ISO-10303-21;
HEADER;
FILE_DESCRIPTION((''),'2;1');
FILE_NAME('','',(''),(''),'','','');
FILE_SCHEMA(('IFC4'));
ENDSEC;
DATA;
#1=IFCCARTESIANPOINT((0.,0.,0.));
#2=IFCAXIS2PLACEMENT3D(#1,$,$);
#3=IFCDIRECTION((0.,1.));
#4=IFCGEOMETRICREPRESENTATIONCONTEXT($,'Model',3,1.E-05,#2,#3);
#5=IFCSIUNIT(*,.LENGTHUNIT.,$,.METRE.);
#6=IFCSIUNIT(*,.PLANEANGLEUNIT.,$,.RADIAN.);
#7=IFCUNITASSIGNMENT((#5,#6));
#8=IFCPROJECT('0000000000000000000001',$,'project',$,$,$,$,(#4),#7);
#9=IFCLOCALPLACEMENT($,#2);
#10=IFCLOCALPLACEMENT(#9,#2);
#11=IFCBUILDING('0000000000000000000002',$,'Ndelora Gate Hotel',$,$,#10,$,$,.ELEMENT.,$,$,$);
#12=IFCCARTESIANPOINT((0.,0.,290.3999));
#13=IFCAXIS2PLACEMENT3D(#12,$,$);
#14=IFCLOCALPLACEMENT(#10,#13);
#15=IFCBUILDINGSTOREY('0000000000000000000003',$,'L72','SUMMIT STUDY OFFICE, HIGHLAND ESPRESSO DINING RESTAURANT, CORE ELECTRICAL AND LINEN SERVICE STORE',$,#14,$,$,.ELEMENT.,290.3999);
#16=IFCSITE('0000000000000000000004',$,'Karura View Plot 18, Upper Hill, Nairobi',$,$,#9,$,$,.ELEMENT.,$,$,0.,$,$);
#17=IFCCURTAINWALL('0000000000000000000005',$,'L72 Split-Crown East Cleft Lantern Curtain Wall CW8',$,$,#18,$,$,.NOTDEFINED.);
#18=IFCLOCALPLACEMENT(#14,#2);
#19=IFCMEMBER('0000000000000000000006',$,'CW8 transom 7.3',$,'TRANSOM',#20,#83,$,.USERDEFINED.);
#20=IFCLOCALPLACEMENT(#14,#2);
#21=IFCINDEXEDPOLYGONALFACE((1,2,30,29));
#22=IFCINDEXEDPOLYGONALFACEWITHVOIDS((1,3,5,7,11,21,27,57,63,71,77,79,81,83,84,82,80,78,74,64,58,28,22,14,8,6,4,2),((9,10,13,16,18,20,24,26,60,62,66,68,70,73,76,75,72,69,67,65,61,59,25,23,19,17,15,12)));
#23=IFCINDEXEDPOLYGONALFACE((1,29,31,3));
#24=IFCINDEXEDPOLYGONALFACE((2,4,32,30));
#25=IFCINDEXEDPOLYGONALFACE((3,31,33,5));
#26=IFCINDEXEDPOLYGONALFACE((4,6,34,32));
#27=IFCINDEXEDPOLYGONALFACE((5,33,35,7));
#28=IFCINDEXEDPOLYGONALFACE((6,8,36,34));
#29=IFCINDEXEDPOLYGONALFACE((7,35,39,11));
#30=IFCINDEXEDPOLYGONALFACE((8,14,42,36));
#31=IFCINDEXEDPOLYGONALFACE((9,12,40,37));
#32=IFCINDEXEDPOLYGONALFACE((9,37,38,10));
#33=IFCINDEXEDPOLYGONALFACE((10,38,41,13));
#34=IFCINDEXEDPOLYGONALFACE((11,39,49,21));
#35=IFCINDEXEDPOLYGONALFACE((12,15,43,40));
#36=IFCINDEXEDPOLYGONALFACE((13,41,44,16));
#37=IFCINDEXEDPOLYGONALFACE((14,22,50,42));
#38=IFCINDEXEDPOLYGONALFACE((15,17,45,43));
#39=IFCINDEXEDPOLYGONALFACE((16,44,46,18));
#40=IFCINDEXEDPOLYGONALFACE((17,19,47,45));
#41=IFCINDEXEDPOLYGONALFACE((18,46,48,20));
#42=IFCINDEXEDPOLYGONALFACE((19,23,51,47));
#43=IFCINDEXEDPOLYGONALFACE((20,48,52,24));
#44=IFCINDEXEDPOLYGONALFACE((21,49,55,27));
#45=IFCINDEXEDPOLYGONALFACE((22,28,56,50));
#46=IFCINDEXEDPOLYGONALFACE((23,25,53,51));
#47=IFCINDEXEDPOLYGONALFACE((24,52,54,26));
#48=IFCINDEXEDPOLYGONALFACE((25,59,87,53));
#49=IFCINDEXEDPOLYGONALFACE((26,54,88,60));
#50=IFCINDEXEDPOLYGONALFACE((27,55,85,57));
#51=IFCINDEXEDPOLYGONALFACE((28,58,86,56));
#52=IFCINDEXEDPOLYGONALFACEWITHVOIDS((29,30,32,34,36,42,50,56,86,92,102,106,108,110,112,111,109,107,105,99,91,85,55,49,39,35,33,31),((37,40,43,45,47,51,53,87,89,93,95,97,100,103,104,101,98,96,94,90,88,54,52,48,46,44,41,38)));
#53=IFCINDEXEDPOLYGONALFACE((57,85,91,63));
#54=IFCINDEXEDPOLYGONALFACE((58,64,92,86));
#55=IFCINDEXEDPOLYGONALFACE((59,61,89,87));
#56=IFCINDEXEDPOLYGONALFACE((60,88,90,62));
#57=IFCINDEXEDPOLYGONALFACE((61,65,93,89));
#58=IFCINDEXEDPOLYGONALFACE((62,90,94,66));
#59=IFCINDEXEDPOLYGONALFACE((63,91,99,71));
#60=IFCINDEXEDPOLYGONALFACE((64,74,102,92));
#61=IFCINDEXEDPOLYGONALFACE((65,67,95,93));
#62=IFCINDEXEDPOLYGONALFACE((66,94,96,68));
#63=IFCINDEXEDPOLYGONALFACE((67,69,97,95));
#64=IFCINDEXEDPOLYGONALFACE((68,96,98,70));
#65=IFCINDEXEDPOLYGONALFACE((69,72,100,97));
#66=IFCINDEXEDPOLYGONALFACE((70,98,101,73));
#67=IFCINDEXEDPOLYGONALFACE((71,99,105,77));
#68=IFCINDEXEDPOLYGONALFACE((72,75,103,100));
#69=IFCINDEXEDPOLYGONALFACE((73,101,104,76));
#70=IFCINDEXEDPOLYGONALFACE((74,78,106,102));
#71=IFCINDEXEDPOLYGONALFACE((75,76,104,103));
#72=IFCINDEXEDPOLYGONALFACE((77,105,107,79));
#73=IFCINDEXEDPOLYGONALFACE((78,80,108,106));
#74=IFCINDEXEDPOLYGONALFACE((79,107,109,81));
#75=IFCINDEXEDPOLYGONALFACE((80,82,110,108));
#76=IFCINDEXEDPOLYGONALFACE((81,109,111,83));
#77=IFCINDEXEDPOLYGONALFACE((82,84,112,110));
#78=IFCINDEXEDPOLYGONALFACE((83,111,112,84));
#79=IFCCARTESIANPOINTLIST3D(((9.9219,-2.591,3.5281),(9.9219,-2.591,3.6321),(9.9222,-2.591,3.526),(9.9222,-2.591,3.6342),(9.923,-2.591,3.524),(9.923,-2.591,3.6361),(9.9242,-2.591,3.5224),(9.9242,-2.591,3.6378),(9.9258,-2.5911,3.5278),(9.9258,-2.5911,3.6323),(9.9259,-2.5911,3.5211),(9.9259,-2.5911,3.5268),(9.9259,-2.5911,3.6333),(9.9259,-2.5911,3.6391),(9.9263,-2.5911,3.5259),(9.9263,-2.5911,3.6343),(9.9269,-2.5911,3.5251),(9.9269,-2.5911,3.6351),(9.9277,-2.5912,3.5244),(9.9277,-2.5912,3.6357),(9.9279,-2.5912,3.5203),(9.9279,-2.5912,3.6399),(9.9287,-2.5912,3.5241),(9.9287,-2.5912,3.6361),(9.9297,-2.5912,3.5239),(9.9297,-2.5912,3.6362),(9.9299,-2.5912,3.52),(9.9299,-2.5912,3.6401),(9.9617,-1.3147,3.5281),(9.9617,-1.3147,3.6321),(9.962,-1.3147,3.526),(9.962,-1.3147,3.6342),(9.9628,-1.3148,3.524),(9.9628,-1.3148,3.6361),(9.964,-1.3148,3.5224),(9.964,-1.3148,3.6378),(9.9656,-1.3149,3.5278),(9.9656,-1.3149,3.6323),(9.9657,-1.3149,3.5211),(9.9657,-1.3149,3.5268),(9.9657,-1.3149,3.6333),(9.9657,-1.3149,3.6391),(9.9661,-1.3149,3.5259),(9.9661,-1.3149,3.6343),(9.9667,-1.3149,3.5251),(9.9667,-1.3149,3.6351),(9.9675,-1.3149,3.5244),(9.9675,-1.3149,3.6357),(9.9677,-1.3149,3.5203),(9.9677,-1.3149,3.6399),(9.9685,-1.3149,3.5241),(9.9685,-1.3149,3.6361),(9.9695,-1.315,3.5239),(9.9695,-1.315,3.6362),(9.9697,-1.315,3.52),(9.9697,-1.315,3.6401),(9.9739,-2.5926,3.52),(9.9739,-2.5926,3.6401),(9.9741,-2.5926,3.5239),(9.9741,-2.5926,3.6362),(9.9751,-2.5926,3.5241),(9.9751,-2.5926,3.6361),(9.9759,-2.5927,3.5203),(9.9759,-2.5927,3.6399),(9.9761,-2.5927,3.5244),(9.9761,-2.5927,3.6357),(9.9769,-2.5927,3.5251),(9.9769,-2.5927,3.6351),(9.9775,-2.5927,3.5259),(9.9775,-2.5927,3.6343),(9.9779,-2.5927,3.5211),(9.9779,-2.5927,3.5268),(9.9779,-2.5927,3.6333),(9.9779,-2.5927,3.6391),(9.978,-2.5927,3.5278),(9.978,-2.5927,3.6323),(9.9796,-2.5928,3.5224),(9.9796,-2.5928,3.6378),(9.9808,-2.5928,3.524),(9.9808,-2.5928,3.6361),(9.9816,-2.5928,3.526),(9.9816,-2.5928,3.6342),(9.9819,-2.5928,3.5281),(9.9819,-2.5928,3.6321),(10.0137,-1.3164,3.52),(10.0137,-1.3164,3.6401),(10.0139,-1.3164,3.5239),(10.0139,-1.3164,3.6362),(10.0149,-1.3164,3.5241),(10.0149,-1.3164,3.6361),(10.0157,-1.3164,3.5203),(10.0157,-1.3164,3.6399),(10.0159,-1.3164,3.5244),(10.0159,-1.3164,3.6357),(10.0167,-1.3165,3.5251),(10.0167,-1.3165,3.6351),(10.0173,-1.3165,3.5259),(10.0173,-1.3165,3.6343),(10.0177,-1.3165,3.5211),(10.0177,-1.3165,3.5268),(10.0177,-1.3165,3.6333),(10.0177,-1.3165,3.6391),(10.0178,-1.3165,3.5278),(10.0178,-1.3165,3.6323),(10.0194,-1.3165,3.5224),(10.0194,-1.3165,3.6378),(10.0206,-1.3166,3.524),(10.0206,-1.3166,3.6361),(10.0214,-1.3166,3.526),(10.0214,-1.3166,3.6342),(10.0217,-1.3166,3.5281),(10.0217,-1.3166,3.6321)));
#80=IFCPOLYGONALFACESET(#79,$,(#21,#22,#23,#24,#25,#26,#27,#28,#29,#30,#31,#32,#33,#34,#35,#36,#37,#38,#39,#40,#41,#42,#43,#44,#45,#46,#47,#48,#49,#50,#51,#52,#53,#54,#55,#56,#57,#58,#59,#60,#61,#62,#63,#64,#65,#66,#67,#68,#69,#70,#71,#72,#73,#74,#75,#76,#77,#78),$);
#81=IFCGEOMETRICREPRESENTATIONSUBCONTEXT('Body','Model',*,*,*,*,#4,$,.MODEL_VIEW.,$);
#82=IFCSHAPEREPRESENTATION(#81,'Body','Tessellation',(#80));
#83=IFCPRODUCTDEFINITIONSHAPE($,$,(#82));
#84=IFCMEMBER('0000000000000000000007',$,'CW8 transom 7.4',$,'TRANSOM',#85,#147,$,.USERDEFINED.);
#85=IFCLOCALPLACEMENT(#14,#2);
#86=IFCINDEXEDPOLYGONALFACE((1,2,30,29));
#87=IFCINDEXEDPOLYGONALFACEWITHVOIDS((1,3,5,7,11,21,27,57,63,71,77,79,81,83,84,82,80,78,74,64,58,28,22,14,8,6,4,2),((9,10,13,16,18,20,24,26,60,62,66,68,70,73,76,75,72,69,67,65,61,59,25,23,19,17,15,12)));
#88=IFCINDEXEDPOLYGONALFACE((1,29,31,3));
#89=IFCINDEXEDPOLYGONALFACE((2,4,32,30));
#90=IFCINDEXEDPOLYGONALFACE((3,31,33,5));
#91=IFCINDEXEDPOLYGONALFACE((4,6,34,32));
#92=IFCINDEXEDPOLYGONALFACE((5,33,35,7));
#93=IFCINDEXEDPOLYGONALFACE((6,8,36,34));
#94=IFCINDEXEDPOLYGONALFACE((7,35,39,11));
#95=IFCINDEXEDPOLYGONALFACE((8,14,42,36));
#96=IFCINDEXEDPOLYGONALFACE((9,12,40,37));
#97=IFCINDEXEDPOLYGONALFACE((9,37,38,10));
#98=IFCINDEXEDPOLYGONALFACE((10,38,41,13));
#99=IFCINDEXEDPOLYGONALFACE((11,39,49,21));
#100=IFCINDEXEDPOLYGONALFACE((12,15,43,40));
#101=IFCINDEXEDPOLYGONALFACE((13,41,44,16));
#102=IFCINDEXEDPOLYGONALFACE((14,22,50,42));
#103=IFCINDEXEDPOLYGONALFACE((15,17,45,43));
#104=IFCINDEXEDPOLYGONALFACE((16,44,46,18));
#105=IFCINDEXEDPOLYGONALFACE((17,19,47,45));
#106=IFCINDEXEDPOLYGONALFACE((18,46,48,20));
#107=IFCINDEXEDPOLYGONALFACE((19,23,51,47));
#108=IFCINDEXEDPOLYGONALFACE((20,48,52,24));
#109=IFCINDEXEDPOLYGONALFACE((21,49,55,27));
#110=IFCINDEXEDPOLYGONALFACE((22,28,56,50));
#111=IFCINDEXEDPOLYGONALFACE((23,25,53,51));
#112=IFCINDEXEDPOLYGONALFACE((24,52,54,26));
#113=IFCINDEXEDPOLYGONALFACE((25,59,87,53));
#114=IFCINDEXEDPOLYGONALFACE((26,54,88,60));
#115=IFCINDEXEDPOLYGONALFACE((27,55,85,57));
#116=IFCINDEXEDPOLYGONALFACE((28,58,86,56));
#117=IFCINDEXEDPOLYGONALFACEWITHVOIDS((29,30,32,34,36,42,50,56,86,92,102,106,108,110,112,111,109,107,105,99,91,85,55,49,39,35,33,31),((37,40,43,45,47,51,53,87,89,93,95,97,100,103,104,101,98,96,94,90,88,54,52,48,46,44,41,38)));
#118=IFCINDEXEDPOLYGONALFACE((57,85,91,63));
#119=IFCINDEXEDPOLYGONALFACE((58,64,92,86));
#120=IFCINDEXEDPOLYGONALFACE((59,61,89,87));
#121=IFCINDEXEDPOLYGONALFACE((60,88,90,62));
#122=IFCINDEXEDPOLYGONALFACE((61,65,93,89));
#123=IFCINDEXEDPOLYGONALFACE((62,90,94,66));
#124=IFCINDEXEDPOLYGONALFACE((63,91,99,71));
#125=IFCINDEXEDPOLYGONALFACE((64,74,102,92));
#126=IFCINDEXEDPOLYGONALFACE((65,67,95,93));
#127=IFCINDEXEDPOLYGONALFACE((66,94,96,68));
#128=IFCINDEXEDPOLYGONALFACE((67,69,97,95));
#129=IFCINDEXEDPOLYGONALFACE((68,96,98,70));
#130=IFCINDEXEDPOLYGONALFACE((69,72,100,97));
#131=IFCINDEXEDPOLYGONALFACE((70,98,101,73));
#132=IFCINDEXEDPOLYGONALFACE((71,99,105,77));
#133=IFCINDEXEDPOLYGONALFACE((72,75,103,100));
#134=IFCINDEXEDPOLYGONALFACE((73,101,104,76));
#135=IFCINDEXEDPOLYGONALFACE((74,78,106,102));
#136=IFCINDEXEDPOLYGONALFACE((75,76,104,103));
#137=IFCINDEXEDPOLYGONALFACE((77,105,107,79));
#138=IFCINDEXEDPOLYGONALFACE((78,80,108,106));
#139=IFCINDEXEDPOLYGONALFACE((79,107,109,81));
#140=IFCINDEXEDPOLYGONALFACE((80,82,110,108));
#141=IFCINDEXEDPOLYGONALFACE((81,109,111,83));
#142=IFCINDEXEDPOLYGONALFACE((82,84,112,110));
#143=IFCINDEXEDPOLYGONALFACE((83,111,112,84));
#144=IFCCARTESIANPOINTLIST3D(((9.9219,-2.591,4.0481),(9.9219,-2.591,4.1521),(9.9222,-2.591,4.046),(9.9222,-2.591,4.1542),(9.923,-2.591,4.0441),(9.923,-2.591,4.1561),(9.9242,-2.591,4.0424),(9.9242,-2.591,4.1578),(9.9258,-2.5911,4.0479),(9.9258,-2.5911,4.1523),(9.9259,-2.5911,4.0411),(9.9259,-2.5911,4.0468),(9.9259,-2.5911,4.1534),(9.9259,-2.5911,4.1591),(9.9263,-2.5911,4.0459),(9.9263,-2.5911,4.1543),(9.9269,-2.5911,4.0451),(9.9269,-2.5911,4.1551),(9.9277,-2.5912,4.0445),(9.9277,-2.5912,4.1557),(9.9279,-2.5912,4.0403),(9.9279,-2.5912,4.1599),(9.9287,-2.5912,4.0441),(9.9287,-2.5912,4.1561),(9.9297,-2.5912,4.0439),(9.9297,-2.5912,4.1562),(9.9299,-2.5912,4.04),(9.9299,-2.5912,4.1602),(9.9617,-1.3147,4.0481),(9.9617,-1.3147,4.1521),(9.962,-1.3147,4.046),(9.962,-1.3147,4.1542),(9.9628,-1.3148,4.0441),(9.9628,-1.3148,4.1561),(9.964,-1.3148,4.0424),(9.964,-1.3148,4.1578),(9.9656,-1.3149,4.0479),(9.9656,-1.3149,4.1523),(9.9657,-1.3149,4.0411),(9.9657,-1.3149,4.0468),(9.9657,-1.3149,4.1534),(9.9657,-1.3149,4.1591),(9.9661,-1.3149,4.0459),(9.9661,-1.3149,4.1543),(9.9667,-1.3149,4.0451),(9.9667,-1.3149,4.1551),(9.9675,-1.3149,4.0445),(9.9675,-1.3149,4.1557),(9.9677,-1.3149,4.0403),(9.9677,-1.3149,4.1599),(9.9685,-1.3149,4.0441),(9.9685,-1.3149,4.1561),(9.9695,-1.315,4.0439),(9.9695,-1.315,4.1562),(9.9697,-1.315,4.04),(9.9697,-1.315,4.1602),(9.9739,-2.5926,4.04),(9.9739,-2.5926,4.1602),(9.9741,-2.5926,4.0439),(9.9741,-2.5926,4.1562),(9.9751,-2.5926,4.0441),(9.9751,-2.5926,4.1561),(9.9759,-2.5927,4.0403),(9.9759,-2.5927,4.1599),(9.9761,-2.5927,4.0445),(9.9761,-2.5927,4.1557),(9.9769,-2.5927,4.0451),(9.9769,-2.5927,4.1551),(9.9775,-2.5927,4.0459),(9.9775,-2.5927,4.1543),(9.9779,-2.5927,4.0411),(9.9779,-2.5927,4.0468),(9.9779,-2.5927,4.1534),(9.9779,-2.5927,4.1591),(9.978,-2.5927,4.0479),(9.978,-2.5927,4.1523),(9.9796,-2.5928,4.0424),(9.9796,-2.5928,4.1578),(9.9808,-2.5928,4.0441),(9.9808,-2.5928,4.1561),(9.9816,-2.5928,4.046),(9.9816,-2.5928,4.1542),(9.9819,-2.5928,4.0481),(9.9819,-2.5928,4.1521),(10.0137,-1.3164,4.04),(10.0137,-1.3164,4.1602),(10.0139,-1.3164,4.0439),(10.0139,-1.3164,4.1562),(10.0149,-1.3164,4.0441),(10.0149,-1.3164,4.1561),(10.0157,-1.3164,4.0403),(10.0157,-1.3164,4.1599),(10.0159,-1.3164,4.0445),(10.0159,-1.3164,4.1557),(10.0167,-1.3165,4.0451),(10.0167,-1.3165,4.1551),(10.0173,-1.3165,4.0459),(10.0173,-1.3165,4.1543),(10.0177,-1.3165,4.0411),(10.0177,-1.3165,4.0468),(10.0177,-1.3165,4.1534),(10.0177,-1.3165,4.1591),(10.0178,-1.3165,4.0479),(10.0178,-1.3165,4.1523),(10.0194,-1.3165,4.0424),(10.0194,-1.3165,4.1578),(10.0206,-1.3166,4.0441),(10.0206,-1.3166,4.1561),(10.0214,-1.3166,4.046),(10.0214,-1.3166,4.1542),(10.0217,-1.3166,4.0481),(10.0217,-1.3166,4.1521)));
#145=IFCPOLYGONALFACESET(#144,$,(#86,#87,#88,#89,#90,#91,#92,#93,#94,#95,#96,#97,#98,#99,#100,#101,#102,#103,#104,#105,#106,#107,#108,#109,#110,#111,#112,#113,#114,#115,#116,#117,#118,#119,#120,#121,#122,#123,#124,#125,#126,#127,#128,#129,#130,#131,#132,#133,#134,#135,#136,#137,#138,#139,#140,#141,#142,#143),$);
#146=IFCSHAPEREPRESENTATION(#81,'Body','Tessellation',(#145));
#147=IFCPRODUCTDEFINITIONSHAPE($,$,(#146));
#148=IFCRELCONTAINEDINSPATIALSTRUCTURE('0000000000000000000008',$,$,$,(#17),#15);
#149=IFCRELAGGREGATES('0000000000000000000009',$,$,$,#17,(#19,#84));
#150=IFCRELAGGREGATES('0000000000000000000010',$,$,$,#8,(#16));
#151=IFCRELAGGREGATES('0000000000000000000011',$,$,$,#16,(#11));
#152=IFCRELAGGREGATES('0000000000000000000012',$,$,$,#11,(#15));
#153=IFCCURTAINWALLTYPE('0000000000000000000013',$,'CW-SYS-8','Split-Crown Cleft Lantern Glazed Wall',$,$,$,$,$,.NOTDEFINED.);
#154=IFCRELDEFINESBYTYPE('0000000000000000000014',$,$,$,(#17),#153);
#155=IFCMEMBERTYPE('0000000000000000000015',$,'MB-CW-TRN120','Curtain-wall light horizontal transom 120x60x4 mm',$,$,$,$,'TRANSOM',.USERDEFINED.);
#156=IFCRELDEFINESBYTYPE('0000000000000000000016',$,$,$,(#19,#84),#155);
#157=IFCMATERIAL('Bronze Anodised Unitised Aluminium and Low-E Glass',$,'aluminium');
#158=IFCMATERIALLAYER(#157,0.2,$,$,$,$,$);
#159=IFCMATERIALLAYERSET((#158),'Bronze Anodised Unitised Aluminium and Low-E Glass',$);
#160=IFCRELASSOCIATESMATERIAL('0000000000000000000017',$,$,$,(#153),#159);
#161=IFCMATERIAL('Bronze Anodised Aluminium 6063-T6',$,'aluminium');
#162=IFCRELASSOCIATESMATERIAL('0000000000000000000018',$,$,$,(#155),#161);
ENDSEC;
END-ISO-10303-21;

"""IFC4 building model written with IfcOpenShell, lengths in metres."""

from ifc_helpers import new_model, si_unit, direction, frame, origin, origin_2d, place, context, subcontext, project, spatial, hollow_rectangle, extrude, material, layer, layer_set, material_profile, profile_set, type_object, element, aggregate, save


model = new_model("IFC4")

# Units and contexts
model_context = context("Model", 3, precision=1e-05, world=origin(), true_north=direction((0.0, 1.0)))
body_context = subcontext(model_context, "Body", "Model", "MODEL_VIEW")
ifc_project = project(units=[si_unit("LENGTHUNIT", "METRE"), si_unit("PLANEANGLEUNIT", "RADIAN")], contexts=[model_context])

# Site, building, storey
site_placement = place(None, origin())
site = spatial("IfcSite", under=ifc_project, at=site_placement, Name="Karura View Plot 18, Upper Hill, Nairobi", CompositionType="ELEMENT", RefElevation=0.0)
building_placement = place(site_placement, origin())
building = spatial("IfcBuilding", under=site, at=building_placement, Name="Ndelora Gate Hotel", CompositionType="ELEMENT")
storey_placement = place(building_placement, frame((0.0, 0.0, 290.3999)))
storey = spatial("IfcBuildingStorey", under=building, at=storey_placement, Name="L72", Description="SUMMIT STUDY OFFICE, HIGHLAND ESPRESSO DINING RESTAURANT, CORE ELECTRICAL AND LINEN SERVICE STORE", CompositionType="ELEMENT", Elevation=290.3999)

# Shared definitions
ifc_material_1 = material(Name="Bronze Anodised Unitised Aluminium and Low-E Glass", Category="aluminium")
ifc_layer_1 = layer(ifc_material_1, 0.2)
ifc_layer_set_1 = layer_set([ifc_layer_1], Name="Bronze Anodised Unitised Aluminium and Low-E Glass")
curtain_wall_type = type_object("IfcCurtainWallType", Name="CW-SYS-8", Description="Split-Crown Cleft Lantern Glazed Wall", PredefinedType="NOTDEFINED", material=ifc_layer_set_1)
ifc_material_2 = material(Name="Bronze Anodised Aluminium 6063-T6", Category="aluminium")

# Curtain wall, members
curtain_wall_1_placement = place(storey_placement, origin())
curtain_wall_1 = element("IfcCurtainWall", 1, at=curtain_wall_1_placement, inside=storey, type_object=curtain_wall_type, Name="L72 Split-Crown East Cleft Lantern Curtain Wall CW8", PredefinedType="NOTDEFINED")
ifc_material_profile_1 = material_profile(ifc_material_2, hollow_rectangle(XDim=0.0601, YDim=0.1201, WallThickness=0.0039, InnerFilletRadius=0.0039, OuterFilletRadius=0.0081, at=origin_2d()), Name="ALU 120x60x4")
ifc_profile_set_1 = profile_set([ifc_material_profile_1], Name="Bronze Anodised Aluminium 6063-T6")
member_type_1 = type_object("IfcMemberType", Name="MB-CW-TRN120", Description="Curtain-wall light horizontal transom 120x60x4 mm", ElementType="TRANSOM", PredefinedType="USERDEFINED", material=ifc_profile_set_1)
member_1_placement = place(storey_placement, frame((9.9917, -1.3157, 3.5801), z_axis=(-0.031169, -0.999514, 0.0), x_axis=(0.999514, -0.031169, 0.0)))
member_1 = element("IfcMember", 2, at=member_1_placement, type_object=member_type_1, Name="CW8 transom 7.3", ObjectType="TRANSOM", PredefinedType="USERDEFINED", context=body_context, shape_type="SweptSolid", body=[
    extrude(hollow_rectangle(XDim=0.0601, YDim=0.1201, WallThickness=0.0039, InnerFilletRadius=0.0039, OuterFilletRadius=0.0081, at=origin_2d()), origin(), (0.0, 0.0, 1.0), 1.2769),
])
member_2_placement = place(storey_placement, frame((9.9917, -1.3157, 4.1001), z_axis=(-0.031169, -0.999514, 0.0), x_axis=(0.999514, -0.031169, 0.0)))
member_2 = element("IfcMember", 3, at=member_2_placement, type_object=member_type_1, Name="CW8 transom 7.4", ObjectType="TRANSOM", PredefinedType="USERDEFINED", context=body_context, shape_type="SweptSolid", body=[
    extrude(hollow_rectangle(XDim=0.0601, YDim=0.1201, WallThickness=0.0039, InnerFilletRadius=0.0039, OuterFilletRadius=0.0081, at=origin_2d()), origin(), (0.0, 0.0, 1.0), 1.2769),
])

aggregate(curtain_wall_1, [member_1, member_2])

save(model, "model.ifc")
